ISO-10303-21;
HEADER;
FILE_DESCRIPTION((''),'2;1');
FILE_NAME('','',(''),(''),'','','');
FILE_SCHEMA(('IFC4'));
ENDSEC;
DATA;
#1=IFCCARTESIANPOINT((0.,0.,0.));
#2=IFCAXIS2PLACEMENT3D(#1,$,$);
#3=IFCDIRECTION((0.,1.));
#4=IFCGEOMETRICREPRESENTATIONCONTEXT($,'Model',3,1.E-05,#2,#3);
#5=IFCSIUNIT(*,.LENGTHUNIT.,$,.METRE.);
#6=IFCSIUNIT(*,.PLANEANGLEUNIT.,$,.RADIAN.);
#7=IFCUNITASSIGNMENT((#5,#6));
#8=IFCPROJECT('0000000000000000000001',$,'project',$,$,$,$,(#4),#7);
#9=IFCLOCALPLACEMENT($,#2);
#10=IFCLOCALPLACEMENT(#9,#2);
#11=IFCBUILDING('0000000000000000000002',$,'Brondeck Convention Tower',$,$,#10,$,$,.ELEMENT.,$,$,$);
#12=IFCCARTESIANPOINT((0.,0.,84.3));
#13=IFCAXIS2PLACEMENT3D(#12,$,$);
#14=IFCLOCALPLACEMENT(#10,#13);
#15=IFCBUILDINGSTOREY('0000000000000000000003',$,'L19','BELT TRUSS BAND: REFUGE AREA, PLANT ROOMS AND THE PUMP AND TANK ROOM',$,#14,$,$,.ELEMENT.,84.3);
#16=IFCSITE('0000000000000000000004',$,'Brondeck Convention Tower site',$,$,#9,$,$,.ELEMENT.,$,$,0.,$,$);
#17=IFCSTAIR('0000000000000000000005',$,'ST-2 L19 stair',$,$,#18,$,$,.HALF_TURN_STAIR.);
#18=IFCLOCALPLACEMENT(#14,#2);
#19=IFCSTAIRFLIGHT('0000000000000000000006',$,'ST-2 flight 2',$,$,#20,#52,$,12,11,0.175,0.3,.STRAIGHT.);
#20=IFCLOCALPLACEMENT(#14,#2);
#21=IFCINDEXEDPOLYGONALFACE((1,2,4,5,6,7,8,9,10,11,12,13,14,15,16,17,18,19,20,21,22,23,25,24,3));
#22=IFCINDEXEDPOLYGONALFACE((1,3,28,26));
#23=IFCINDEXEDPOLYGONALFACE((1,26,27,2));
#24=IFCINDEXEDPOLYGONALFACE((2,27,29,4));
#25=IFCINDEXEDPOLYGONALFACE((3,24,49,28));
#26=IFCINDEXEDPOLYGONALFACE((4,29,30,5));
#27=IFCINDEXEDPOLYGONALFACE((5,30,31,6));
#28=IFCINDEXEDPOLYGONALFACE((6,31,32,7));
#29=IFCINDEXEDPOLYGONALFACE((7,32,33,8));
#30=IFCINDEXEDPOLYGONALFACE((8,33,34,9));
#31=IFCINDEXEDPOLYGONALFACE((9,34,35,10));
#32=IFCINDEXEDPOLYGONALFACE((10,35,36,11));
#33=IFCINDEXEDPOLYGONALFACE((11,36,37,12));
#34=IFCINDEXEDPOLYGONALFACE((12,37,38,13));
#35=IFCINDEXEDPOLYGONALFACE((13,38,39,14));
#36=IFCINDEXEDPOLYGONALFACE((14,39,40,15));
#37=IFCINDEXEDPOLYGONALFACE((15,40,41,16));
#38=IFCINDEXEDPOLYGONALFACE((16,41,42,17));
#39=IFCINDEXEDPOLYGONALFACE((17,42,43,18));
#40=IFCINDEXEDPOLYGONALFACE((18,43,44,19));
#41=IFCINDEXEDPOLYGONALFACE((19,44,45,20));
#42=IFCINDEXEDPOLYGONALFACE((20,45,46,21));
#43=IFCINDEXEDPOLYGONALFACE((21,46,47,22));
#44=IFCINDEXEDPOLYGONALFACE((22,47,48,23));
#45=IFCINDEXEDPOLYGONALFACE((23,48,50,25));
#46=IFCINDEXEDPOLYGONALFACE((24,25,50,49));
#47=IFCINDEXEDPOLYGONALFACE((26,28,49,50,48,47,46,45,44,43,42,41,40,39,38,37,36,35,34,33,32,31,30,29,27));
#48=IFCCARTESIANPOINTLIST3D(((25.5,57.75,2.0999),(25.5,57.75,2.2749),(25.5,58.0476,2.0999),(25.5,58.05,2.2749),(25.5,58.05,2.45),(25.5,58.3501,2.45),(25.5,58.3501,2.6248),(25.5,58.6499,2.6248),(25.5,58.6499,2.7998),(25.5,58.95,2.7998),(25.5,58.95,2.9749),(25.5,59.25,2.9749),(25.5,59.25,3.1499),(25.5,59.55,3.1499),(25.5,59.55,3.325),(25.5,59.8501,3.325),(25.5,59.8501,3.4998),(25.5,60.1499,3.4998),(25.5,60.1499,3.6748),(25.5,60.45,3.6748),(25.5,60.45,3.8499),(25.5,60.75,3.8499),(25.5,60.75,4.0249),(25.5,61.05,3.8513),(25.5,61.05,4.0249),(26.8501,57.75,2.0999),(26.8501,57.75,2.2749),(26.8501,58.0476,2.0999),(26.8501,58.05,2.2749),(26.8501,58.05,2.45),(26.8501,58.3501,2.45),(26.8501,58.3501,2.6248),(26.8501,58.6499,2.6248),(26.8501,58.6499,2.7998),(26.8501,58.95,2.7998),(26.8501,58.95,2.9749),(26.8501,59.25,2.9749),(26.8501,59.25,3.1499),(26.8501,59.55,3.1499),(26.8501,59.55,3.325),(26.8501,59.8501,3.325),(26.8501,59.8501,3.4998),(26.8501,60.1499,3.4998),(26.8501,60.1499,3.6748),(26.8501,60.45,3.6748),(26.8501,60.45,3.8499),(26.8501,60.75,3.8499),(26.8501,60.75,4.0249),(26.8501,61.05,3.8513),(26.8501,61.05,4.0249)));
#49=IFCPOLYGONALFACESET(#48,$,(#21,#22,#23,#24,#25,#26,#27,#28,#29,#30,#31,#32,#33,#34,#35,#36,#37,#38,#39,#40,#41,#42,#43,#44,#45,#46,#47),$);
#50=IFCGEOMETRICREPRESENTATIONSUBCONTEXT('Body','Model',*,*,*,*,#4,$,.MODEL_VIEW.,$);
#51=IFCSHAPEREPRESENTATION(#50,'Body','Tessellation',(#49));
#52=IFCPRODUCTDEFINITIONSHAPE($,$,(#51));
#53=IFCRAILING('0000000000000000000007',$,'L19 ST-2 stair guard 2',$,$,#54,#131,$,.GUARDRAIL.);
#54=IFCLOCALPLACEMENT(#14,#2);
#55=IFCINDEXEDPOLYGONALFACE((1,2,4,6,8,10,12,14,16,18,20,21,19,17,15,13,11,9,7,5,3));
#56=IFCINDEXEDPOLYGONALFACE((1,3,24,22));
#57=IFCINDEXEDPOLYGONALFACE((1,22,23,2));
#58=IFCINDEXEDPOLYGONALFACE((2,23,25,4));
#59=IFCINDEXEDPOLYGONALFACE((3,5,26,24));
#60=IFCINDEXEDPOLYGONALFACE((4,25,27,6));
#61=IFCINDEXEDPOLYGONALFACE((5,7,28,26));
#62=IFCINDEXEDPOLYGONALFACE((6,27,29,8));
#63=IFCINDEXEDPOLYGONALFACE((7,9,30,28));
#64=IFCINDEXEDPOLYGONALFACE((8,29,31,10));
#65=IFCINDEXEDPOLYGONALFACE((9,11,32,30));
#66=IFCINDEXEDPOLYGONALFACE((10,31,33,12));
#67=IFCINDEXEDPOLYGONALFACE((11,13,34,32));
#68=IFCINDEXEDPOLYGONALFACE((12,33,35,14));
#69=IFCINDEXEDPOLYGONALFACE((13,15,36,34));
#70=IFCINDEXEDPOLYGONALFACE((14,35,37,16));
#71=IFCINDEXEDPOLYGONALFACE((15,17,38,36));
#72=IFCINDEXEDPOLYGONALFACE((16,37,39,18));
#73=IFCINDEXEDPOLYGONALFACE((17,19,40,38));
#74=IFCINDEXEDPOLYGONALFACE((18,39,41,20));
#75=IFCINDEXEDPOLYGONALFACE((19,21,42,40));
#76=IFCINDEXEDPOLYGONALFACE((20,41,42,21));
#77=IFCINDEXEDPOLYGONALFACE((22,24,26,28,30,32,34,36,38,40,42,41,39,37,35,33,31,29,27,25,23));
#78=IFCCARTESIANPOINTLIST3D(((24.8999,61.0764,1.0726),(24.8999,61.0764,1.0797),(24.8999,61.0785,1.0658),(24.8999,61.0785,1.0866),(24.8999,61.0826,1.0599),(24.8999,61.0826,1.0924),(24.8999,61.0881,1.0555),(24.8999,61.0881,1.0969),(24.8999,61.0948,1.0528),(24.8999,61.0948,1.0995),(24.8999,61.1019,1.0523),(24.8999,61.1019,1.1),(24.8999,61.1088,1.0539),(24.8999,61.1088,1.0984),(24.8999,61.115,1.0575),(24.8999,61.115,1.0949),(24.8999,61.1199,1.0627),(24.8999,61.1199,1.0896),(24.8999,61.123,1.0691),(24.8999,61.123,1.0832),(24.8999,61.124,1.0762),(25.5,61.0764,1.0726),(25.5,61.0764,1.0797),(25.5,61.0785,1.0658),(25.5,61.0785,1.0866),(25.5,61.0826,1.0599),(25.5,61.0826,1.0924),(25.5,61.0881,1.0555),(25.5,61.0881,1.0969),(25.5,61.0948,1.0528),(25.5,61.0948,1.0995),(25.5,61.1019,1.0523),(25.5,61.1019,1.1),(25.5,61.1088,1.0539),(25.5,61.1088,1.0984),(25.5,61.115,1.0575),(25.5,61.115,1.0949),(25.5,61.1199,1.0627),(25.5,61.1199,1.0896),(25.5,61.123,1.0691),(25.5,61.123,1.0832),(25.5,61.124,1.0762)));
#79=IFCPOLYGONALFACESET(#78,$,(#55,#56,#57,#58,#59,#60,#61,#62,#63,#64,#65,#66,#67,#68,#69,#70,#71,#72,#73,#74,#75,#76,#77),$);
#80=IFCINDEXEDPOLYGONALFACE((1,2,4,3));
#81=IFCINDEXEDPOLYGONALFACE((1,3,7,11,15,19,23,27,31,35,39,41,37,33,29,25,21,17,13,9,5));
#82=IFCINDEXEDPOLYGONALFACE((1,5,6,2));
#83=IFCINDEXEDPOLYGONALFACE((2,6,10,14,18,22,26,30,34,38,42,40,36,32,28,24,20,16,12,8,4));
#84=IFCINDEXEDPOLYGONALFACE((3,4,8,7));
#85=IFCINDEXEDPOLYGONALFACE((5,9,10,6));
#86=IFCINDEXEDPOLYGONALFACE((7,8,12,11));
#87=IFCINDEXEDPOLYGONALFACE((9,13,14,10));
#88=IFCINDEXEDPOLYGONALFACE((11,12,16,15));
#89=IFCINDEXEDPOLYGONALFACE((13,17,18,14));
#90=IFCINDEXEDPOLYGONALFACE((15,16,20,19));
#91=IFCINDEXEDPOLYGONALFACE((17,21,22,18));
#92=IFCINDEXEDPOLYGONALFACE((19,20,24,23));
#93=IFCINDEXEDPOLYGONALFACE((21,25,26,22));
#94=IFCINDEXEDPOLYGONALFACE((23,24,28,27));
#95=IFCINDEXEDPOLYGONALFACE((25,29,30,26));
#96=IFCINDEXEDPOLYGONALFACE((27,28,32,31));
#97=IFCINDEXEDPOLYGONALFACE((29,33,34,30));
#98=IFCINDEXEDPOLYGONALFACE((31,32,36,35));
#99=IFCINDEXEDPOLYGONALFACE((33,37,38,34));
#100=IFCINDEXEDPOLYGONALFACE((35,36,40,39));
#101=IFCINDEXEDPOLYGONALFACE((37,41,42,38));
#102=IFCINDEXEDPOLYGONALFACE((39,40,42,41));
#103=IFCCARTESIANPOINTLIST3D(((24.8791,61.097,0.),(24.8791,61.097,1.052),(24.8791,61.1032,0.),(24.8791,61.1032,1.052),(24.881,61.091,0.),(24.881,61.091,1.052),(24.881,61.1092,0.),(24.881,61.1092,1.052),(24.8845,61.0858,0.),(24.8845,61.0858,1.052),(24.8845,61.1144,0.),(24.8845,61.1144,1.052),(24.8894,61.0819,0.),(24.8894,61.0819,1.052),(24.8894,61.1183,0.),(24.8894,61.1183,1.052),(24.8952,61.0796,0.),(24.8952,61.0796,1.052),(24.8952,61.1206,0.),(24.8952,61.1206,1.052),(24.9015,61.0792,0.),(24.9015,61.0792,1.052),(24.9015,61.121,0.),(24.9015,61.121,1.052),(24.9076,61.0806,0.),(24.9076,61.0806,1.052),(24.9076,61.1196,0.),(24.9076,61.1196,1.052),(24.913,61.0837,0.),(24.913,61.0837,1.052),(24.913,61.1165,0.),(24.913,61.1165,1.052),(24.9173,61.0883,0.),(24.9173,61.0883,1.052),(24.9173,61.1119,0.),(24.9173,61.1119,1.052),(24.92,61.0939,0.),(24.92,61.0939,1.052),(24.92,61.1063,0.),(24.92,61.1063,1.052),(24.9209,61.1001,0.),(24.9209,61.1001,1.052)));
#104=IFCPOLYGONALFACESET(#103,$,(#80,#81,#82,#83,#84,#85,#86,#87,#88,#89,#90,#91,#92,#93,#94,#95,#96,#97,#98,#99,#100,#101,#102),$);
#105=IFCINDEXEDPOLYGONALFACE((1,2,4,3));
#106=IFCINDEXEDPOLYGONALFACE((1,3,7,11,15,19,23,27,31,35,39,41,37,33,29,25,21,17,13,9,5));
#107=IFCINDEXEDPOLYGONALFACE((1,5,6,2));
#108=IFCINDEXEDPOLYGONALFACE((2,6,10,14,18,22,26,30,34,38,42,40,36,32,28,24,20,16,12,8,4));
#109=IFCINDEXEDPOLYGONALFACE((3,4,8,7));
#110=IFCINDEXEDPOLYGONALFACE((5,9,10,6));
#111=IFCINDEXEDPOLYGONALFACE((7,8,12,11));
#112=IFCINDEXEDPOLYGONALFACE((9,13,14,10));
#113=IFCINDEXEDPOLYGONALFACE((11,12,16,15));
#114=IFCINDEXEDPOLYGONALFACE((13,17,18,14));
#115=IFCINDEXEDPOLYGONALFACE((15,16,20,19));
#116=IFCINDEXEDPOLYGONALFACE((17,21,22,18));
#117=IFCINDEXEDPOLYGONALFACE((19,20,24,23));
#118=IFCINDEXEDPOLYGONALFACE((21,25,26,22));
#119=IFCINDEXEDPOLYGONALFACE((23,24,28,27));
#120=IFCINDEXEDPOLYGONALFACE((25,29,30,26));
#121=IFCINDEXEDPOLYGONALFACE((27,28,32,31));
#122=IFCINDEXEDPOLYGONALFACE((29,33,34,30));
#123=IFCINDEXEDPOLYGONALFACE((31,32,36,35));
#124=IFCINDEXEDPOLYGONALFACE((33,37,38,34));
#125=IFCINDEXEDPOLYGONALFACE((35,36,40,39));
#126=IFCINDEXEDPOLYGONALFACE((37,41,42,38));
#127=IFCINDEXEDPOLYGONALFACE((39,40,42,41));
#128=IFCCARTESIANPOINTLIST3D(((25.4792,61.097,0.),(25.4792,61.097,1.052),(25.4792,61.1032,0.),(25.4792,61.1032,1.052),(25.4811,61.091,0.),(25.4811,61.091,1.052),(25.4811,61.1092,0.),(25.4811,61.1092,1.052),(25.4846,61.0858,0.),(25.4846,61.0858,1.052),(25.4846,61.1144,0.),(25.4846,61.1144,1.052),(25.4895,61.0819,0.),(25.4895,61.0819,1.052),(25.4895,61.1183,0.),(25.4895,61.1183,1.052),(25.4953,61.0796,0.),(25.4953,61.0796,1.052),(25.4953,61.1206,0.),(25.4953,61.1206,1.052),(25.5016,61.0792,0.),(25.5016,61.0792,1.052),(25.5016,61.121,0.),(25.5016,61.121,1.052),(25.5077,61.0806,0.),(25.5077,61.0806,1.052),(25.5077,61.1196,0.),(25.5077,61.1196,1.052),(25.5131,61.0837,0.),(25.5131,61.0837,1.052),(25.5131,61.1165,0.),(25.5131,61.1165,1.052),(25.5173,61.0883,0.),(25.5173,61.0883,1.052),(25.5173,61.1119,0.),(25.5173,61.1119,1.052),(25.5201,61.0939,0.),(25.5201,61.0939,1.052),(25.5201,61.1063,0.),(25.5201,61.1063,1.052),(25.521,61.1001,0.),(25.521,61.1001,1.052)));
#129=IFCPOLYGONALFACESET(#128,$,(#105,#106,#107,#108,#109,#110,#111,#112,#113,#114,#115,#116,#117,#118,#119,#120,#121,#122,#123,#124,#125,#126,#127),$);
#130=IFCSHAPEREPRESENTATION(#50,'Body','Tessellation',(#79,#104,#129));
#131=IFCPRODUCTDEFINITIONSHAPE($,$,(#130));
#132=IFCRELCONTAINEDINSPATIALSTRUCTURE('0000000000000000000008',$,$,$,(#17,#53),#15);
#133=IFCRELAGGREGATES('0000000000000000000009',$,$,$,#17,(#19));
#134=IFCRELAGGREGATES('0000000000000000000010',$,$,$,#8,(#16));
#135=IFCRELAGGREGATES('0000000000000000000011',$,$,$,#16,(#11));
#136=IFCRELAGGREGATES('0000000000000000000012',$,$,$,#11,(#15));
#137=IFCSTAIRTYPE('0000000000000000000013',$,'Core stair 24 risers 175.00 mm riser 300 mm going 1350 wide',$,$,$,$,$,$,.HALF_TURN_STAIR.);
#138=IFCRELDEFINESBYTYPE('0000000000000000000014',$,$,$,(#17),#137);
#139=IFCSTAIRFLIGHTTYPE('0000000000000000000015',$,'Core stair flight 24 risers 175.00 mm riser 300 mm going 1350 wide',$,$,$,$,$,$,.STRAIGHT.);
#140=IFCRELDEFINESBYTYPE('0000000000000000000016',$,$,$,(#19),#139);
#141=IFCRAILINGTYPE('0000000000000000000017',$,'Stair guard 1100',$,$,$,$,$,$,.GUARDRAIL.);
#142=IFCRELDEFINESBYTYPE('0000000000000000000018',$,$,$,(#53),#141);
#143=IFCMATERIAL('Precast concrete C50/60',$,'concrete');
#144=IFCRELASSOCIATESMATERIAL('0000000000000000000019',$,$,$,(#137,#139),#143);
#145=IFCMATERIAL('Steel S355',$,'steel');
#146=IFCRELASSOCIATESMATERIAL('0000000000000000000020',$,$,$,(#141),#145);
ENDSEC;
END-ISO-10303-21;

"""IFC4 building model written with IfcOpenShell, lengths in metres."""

from ifc_helpers import new_model, si_unit, direction, frame, origin, origin_2d, place, context, subcontext, project, spatial, polyline, circle, outline, extrude, material, type_object, element, aggregate, save


model = new_model("IFC4")

# Units and contexts
model_context = context("Model", 3, precision=1e-05, world=origin(), true_north=direction((0.0, 1.0)))
body_context = subcontext(model_context, "Body", "Model", "MODEL_VIEW")
ifc_project = project(units=[si_unit("LENGTHUNIT", "METRE"), si_unit("PLANEANGLEUNIT", "RADIAN")], contexts=[model_context])

# Site, building, storey
site_placement = place(None, origin())
site = spatial("IfcSite", under=ifc_project, at=site_placement, Name="Brondeck Convention Tower site", CompositionType="ELEMENT", RefElevation=0.0)
building_placement = place(site_placement, origin())
building = spatial("IfcBuilding", under=site, at=building_placement, Name="Brondeck Convention Tower", CompositionType="ELEMENT")
storey_placement = place(building_placement, frame((0.0, 0.0, 84.3)))
storey = spatial("IfcBuildingStorey", under=building, at=storey_placement, Name="L19", Description="BELT TRUSS BAND: REFUGE AREA, PLANT ROOMS AND THE PUMP AND TANK ROOM", CompositionType="ELEMENT", Elevation=84.3)

# Stair, stair flight
ifc_material_1 = material(Name="Precast concrete C50/60", Category="concrete")
stair_type = type_object("IfcStairType", Name="Core stair 24 risers 175.00 mm riser 300 mm going 1350 wide", PredefinedType="HALF_TURN_STAIR", material=ifc_material_1)
stair_placement = place(storey_placement, origin())
stair = element("IfcStair", 1, at=stair_placement, inside=storey, type_object=stair_type, Name="ST-2 L19 stair", PredefinedType="HALF_TURN_STAIR")
stair_flight_type = type_object("IfcStairFlightType", Name="Core stair flight 24 risers 175.00 mm riser 300 mm going 1350 wide", PredefinedType="STRAIGHT", material=ifc_material_1)
stair_flight_1_placement = place(storey_placement, frame((26.175, 57.75, 2.0999), z_axis=(0.0, 0.0, 1.0), x_axis=(0.0, 1.0, 0.0)))
stair_flight_1 = element("IfcStairFlight", 2, at=stair_flight_1_placement, type_object=stair_flight_type, Name="ST-2 flight 2", NumberOfRisers=12, NumberOfTreads=11, PredefinedType="STRAIGHT", RiserHeight=0.175, TreadLength=0.3, context=body_context, shape_type="SweptSolid", body=[
    extrude(outline(polyline([(0.0, 0.0), (0.0, 0.175), (0.3, 0.175), (0.3, 0.3501), (0.6001, 0.3501), (0.6001, 0.5249), (0.8999, 0.5249), (0.8999, 0.7), (1.2, 0.7), (1.2, 0.875), (1.5, 0.875), (1.5, 1.05), (1.8, 1.05), (1.8, 1.2251), (2.1001, 1.2251), (2.1001, 1.3999), (2.3999, 1.3999), (2.3999, 1.575), (2.7, 1.575), (2.7, 1.75), (3.0, 1.75), (3.0, 1.925), (3.3, 1.925), (3.3, 2.1001), (3.3, 1.7515), (0.2976, 0.0), (0.0, 0.0)])), frame((0.0, 0.675, 0.0), z_axis=(0.0, -1.0, 0.0), x_axis=(1.0, 0.0, 0.0)), (0.0, 0.0, 1.0), 1.3501),
])
aggregate(stair, [stair_flight_1])

# Railing
ifc_material_2 = material(Name="Steel S355", Category="steel")
railing_type_1 = type_object("IfcRailingType", Name="Stair guard 1100", PredefinedType="GUARDRAIL", material=ifc_material_2)
railing_1_placement = place(storey_placement, frame((24.8999, 61.1001, 0.0)))
element("IfcRailing", 3, at=railing_1_placement, inside=storey, type_object=railing_type_1, Name="L19 ST-2 stair guard 2", PredefinedType="GUARDRAIL", context=body_context, shape_type="SweptSolid", body=[
    extrude(circle(Radius=0.0239, at=origin_2d()), frame((0.0, 0.0, 1.0762), z_axis=(1.0, 0.0, 0.0), x_axis=(0.0, 1.0, 0.0)), (0.0, 0.0, 1.0), 0.6001),
    extrude(circle(Radius=0.021, at=origin_2d()), origin(), (0.0, 0.0, 1.0), 1.052),
    extrude(circle(Radius=0.021, at=origin_2d()), frame((0.6001, 0.0, 0.0)), (0.0, 0.0, 1.0), 1.052),
])

save(model, "model.ifc")
